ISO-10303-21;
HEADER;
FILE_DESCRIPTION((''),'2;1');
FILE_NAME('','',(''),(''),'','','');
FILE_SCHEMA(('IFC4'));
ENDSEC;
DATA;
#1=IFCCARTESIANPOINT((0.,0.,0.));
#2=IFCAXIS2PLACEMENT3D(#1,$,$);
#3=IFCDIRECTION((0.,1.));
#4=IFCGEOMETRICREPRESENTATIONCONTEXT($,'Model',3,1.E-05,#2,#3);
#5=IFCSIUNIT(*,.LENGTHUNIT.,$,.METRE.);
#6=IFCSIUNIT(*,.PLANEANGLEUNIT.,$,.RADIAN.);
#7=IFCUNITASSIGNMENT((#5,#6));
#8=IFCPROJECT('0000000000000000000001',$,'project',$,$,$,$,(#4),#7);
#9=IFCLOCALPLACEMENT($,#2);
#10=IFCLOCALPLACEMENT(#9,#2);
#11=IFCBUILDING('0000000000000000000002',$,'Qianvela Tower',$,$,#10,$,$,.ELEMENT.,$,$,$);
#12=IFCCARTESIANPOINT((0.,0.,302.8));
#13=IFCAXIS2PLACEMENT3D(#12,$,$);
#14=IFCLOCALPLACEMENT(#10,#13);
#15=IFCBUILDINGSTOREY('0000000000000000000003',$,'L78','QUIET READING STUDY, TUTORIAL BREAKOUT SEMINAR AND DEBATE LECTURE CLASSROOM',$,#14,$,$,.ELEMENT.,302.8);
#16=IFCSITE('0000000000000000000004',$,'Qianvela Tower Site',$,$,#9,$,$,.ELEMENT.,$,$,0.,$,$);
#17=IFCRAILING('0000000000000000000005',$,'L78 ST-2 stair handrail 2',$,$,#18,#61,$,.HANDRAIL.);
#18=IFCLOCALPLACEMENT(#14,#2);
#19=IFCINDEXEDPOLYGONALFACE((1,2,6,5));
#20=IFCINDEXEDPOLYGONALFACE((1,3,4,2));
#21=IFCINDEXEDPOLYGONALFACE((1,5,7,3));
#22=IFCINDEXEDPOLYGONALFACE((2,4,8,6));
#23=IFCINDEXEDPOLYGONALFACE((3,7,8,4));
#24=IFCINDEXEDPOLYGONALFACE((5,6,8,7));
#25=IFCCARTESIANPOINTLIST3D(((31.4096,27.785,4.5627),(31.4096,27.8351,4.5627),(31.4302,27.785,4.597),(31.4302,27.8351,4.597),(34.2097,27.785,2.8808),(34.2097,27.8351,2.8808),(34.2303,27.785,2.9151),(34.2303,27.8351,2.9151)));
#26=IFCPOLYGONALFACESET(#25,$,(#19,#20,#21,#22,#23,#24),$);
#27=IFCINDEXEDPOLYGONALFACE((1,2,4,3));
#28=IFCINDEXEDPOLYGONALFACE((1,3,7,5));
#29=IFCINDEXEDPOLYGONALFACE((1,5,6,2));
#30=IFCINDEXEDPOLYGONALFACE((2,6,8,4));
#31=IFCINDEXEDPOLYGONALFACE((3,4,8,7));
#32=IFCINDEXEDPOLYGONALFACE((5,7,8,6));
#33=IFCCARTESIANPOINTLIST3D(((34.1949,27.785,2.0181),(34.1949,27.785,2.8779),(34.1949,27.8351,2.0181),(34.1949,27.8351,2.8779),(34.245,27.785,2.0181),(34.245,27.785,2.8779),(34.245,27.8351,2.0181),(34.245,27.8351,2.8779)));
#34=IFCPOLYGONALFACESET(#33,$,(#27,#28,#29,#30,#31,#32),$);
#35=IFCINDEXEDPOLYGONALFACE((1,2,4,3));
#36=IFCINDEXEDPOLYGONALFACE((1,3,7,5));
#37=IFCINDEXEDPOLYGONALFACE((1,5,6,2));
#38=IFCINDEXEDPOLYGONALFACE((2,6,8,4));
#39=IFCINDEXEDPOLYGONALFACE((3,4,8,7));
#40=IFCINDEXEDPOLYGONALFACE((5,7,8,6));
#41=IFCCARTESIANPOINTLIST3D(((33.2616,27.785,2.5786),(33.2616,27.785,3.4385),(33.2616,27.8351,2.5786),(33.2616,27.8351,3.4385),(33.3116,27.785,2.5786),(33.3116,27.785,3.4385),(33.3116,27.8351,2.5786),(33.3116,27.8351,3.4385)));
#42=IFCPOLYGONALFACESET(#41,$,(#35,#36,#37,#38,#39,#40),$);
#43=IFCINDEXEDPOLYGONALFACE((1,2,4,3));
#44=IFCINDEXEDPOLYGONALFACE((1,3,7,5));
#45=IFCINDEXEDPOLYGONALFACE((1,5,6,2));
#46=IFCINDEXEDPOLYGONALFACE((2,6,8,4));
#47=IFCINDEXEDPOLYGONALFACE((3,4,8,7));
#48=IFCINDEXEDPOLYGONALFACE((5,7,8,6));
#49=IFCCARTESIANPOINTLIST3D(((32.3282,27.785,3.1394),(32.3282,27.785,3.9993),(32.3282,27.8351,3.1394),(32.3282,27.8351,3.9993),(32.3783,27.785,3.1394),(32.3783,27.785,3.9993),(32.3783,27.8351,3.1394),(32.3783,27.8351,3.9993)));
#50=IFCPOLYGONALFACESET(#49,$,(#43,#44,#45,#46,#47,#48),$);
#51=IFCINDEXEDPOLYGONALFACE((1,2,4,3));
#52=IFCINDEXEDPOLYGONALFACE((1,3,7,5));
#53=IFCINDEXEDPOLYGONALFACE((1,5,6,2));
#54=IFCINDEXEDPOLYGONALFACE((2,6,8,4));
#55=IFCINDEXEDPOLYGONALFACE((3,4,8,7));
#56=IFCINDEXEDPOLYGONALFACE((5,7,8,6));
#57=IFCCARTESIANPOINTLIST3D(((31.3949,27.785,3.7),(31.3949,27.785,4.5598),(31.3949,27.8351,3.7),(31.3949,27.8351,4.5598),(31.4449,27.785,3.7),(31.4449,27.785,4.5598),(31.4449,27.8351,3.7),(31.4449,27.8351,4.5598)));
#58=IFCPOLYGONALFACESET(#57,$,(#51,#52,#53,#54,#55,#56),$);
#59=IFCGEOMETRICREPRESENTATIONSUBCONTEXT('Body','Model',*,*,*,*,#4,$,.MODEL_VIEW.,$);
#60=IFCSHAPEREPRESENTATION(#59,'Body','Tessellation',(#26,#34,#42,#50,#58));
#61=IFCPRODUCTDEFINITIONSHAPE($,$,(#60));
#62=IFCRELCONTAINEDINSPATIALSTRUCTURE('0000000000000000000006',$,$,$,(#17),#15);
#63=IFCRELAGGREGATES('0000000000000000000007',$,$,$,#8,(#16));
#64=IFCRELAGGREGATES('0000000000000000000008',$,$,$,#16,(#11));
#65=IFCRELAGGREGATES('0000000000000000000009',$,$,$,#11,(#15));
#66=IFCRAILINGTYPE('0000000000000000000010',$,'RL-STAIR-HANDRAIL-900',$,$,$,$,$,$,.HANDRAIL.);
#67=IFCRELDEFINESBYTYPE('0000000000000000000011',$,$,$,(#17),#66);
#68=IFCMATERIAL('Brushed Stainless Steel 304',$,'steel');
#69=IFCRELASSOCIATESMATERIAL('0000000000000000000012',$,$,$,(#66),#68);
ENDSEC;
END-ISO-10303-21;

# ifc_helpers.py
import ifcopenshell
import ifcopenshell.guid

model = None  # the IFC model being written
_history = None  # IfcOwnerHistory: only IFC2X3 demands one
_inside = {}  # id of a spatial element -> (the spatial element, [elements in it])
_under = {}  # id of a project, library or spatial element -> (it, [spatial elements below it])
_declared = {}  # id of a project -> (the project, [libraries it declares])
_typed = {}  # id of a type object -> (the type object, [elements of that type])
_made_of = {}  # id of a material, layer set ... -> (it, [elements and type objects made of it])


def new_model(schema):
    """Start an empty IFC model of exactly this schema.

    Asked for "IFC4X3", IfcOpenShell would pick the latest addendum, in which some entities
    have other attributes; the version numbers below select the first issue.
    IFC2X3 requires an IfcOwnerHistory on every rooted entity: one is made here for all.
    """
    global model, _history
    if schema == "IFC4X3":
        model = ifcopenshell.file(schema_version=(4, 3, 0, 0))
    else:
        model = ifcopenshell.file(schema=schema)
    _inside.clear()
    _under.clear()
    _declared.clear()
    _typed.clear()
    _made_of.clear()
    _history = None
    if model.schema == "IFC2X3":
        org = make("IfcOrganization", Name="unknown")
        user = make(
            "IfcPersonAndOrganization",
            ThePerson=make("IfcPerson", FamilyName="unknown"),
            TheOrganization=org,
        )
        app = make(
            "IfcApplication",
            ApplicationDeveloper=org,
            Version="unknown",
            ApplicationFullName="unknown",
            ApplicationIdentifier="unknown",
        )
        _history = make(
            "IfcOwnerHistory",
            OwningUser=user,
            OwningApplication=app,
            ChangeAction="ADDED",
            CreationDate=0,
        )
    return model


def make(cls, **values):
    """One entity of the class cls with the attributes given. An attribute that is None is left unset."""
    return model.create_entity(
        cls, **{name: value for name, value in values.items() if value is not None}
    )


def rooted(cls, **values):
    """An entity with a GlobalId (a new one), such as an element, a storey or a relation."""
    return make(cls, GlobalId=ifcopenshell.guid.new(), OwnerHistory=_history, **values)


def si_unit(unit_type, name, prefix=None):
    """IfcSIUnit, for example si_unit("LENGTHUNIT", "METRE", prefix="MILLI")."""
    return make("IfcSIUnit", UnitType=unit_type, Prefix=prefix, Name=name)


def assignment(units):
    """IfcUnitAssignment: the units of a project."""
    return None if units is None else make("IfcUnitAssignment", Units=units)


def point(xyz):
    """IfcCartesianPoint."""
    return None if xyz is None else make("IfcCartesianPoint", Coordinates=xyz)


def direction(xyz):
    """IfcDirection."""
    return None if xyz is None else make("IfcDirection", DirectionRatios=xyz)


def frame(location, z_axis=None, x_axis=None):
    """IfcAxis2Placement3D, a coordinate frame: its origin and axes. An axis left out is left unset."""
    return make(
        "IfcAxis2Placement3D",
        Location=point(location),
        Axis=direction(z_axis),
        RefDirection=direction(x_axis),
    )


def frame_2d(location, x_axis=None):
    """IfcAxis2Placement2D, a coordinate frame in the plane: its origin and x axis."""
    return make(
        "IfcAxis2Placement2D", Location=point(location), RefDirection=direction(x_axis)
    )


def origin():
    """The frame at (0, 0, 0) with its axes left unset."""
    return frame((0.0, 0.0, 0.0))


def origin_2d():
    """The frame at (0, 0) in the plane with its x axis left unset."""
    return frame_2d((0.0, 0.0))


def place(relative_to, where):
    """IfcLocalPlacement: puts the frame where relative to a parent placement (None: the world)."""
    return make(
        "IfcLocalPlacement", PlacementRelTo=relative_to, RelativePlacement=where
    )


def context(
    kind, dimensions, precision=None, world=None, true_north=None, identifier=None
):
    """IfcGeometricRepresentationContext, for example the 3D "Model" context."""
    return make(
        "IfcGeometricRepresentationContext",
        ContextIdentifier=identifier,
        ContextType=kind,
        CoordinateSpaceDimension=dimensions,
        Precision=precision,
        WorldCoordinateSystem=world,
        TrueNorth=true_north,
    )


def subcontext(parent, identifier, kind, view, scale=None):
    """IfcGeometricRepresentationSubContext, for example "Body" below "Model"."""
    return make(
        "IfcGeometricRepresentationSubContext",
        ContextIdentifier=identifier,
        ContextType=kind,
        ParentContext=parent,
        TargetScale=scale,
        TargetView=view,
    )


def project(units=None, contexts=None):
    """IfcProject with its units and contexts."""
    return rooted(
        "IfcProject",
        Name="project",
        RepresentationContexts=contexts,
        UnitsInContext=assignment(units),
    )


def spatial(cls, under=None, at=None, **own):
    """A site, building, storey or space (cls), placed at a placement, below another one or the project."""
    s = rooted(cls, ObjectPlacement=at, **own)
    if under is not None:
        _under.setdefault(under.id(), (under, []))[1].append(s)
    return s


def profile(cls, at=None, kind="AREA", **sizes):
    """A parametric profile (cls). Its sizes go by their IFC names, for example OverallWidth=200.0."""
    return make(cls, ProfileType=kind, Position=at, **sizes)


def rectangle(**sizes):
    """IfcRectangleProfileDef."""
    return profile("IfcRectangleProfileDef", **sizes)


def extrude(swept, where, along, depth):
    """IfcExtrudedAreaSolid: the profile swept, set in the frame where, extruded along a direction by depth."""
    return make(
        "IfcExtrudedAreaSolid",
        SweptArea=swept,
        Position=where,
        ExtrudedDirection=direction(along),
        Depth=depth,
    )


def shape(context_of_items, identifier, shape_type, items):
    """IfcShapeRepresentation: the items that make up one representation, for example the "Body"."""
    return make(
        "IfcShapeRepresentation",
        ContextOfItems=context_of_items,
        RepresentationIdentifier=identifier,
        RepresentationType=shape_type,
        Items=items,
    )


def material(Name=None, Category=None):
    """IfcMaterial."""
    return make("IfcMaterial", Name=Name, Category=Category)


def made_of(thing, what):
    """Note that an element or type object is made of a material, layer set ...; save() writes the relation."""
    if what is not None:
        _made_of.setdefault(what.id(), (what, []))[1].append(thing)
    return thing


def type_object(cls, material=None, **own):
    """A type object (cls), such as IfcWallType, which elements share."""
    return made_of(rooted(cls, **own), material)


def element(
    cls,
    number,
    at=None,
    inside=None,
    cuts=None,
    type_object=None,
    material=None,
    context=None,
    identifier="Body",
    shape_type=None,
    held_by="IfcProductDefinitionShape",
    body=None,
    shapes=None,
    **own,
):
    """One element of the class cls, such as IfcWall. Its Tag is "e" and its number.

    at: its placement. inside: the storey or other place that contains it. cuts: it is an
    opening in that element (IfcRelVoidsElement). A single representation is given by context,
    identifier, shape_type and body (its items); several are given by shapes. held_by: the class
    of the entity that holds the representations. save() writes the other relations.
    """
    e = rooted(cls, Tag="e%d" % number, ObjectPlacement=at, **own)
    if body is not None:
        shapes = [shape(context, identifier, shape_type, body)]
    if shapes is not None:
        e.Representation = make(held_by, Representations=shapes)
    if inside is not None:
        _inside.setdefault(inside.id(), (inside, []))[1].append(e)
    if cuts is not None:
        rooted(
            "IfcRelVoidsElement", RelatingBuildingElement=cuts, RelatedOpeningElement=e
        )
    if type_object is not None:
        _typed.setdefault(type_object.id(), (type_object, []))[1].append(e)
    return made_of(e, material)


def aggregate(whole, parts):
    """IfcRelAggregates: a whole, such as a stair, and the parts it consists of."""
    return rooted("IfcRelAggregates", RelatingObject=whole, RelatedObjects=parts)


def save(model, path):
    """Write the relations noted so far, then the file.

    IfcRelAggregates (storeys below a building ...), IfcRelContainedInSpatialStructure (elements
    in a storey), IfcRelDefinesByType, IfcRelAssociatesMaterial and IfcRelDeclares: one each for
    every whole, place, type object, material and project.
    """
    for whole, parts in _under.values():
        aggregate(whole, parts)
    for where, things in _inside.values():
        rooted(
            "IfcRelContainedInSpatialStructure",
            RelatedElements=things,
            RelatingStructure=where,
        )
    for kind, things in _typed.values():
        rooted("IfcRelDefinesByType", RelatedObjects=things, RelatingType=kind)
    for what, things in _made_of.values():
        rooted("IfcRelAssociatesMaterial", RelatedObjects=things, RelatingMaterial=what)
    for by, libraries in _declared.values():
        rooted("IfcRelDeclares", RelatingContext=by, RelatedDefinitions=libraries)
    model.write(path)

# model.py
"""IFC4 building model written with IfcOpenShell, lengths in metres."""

from ifc_helpers import new_model, si_unit, direction, frame, origin, origin_2d, place, context, subcontext, project, spatial, rectangle, extrude, material, type_object, element, save


model = new_model("IFC4")

# Units and contexts
model_context = context("Model", 3, precision=1e-05, world=origin(), true_north=direction((0.0, 1.0)))
body_context = subcontext(model_context, "Body", "Model", "MODEL_VIEW")
ifc_project = project(units=[si_unit("LENGTHUNIT", "METRE"), si_unit("PLANEANGLEUNIT", "RADIAN")], contexts=[model_context])

# Site, building, storey
site_placement = place(None, origin())
site = spatial("IfcSite", under=ifc_project, at=site_placement, Name="Qianvela Tower Site", CompositionType="ELEMENT", RefElevation=0.0)
building_placement = place(site_placement, origin())
building = spatial("IfcBuilding", under=site, at=building_placement, Name="Qianvela Tower", CompositionType="ELEMENT")
storey_placement = place(building_placement, frame((0.0, 0.0, 302.8)))
storey = spatial("IfcBuildingStorey", under=building, at=storey_placement, Name="L78", Description="QUIET READING STUDY, TUTORIAL BREAKOUT SEMINAR AND DEBATE LECTURE CLASSROOM", CompositionType="ELEMENT", Elevation=302.8)

# Railing
ifc_material_1 = material(Name="Brushed Stainless Steel 304", Category="steel")
railing_type_1 = type_object("IfcRailingType", Name="RL-STAIR-HANDRAIL-900", PredefinedType="HANDRAIL", material=ifc_material_1)
railing_1_placement = place(storey_placement, frame((34.22, 27.8101, 2.0181)))
element("IfcRailing", 1, at=railing_1_placement, inside=storey, type_object=railing_type_1, Name="L78 ST-2 stair handrail 2", PredefinedType="HANDRAIL", context=body_context, shape_type="SweptSolid", body=[
    extrude(rectangle(XDim=0.05, YDim=0.04, at=origin_2d()), frame((0.0, 0.0, 0.8799), z_axis=(-0.857242, 0.0, 0.514913), x_axis=(0.0, -1.0, 0.0)), (0.0, 0.0, 1.0), 3.2664),
    extrude(rectangle(XDim=0.05, YDim=0.05, at=origin_2d()), origin(), (0.0, 0.0, 1.0), 0.8599),
    extrude(rectangle(XDim=0.05, YDim=0.05, at=origin_2d()), frame((-0.9333, 0.0, 0.5605)), (0.0, 0.0, 1.0), 0.8599),
    extrude(rectangle(XDim=0.05, YDim=0.05, at=origin_2d()), frame((-1.8667, 0.0, 1.1213)), (0.0, 0.0, 1.0), 0.8599),
    extrude(rectangle(XDim=0.05, YDim=0.05, at=origin_2d()), frame((-2.8, 0.0, 1.6819)), (0.0, 0.0, 1.0), 0.8599),
])

save(model, "model.ifc")
